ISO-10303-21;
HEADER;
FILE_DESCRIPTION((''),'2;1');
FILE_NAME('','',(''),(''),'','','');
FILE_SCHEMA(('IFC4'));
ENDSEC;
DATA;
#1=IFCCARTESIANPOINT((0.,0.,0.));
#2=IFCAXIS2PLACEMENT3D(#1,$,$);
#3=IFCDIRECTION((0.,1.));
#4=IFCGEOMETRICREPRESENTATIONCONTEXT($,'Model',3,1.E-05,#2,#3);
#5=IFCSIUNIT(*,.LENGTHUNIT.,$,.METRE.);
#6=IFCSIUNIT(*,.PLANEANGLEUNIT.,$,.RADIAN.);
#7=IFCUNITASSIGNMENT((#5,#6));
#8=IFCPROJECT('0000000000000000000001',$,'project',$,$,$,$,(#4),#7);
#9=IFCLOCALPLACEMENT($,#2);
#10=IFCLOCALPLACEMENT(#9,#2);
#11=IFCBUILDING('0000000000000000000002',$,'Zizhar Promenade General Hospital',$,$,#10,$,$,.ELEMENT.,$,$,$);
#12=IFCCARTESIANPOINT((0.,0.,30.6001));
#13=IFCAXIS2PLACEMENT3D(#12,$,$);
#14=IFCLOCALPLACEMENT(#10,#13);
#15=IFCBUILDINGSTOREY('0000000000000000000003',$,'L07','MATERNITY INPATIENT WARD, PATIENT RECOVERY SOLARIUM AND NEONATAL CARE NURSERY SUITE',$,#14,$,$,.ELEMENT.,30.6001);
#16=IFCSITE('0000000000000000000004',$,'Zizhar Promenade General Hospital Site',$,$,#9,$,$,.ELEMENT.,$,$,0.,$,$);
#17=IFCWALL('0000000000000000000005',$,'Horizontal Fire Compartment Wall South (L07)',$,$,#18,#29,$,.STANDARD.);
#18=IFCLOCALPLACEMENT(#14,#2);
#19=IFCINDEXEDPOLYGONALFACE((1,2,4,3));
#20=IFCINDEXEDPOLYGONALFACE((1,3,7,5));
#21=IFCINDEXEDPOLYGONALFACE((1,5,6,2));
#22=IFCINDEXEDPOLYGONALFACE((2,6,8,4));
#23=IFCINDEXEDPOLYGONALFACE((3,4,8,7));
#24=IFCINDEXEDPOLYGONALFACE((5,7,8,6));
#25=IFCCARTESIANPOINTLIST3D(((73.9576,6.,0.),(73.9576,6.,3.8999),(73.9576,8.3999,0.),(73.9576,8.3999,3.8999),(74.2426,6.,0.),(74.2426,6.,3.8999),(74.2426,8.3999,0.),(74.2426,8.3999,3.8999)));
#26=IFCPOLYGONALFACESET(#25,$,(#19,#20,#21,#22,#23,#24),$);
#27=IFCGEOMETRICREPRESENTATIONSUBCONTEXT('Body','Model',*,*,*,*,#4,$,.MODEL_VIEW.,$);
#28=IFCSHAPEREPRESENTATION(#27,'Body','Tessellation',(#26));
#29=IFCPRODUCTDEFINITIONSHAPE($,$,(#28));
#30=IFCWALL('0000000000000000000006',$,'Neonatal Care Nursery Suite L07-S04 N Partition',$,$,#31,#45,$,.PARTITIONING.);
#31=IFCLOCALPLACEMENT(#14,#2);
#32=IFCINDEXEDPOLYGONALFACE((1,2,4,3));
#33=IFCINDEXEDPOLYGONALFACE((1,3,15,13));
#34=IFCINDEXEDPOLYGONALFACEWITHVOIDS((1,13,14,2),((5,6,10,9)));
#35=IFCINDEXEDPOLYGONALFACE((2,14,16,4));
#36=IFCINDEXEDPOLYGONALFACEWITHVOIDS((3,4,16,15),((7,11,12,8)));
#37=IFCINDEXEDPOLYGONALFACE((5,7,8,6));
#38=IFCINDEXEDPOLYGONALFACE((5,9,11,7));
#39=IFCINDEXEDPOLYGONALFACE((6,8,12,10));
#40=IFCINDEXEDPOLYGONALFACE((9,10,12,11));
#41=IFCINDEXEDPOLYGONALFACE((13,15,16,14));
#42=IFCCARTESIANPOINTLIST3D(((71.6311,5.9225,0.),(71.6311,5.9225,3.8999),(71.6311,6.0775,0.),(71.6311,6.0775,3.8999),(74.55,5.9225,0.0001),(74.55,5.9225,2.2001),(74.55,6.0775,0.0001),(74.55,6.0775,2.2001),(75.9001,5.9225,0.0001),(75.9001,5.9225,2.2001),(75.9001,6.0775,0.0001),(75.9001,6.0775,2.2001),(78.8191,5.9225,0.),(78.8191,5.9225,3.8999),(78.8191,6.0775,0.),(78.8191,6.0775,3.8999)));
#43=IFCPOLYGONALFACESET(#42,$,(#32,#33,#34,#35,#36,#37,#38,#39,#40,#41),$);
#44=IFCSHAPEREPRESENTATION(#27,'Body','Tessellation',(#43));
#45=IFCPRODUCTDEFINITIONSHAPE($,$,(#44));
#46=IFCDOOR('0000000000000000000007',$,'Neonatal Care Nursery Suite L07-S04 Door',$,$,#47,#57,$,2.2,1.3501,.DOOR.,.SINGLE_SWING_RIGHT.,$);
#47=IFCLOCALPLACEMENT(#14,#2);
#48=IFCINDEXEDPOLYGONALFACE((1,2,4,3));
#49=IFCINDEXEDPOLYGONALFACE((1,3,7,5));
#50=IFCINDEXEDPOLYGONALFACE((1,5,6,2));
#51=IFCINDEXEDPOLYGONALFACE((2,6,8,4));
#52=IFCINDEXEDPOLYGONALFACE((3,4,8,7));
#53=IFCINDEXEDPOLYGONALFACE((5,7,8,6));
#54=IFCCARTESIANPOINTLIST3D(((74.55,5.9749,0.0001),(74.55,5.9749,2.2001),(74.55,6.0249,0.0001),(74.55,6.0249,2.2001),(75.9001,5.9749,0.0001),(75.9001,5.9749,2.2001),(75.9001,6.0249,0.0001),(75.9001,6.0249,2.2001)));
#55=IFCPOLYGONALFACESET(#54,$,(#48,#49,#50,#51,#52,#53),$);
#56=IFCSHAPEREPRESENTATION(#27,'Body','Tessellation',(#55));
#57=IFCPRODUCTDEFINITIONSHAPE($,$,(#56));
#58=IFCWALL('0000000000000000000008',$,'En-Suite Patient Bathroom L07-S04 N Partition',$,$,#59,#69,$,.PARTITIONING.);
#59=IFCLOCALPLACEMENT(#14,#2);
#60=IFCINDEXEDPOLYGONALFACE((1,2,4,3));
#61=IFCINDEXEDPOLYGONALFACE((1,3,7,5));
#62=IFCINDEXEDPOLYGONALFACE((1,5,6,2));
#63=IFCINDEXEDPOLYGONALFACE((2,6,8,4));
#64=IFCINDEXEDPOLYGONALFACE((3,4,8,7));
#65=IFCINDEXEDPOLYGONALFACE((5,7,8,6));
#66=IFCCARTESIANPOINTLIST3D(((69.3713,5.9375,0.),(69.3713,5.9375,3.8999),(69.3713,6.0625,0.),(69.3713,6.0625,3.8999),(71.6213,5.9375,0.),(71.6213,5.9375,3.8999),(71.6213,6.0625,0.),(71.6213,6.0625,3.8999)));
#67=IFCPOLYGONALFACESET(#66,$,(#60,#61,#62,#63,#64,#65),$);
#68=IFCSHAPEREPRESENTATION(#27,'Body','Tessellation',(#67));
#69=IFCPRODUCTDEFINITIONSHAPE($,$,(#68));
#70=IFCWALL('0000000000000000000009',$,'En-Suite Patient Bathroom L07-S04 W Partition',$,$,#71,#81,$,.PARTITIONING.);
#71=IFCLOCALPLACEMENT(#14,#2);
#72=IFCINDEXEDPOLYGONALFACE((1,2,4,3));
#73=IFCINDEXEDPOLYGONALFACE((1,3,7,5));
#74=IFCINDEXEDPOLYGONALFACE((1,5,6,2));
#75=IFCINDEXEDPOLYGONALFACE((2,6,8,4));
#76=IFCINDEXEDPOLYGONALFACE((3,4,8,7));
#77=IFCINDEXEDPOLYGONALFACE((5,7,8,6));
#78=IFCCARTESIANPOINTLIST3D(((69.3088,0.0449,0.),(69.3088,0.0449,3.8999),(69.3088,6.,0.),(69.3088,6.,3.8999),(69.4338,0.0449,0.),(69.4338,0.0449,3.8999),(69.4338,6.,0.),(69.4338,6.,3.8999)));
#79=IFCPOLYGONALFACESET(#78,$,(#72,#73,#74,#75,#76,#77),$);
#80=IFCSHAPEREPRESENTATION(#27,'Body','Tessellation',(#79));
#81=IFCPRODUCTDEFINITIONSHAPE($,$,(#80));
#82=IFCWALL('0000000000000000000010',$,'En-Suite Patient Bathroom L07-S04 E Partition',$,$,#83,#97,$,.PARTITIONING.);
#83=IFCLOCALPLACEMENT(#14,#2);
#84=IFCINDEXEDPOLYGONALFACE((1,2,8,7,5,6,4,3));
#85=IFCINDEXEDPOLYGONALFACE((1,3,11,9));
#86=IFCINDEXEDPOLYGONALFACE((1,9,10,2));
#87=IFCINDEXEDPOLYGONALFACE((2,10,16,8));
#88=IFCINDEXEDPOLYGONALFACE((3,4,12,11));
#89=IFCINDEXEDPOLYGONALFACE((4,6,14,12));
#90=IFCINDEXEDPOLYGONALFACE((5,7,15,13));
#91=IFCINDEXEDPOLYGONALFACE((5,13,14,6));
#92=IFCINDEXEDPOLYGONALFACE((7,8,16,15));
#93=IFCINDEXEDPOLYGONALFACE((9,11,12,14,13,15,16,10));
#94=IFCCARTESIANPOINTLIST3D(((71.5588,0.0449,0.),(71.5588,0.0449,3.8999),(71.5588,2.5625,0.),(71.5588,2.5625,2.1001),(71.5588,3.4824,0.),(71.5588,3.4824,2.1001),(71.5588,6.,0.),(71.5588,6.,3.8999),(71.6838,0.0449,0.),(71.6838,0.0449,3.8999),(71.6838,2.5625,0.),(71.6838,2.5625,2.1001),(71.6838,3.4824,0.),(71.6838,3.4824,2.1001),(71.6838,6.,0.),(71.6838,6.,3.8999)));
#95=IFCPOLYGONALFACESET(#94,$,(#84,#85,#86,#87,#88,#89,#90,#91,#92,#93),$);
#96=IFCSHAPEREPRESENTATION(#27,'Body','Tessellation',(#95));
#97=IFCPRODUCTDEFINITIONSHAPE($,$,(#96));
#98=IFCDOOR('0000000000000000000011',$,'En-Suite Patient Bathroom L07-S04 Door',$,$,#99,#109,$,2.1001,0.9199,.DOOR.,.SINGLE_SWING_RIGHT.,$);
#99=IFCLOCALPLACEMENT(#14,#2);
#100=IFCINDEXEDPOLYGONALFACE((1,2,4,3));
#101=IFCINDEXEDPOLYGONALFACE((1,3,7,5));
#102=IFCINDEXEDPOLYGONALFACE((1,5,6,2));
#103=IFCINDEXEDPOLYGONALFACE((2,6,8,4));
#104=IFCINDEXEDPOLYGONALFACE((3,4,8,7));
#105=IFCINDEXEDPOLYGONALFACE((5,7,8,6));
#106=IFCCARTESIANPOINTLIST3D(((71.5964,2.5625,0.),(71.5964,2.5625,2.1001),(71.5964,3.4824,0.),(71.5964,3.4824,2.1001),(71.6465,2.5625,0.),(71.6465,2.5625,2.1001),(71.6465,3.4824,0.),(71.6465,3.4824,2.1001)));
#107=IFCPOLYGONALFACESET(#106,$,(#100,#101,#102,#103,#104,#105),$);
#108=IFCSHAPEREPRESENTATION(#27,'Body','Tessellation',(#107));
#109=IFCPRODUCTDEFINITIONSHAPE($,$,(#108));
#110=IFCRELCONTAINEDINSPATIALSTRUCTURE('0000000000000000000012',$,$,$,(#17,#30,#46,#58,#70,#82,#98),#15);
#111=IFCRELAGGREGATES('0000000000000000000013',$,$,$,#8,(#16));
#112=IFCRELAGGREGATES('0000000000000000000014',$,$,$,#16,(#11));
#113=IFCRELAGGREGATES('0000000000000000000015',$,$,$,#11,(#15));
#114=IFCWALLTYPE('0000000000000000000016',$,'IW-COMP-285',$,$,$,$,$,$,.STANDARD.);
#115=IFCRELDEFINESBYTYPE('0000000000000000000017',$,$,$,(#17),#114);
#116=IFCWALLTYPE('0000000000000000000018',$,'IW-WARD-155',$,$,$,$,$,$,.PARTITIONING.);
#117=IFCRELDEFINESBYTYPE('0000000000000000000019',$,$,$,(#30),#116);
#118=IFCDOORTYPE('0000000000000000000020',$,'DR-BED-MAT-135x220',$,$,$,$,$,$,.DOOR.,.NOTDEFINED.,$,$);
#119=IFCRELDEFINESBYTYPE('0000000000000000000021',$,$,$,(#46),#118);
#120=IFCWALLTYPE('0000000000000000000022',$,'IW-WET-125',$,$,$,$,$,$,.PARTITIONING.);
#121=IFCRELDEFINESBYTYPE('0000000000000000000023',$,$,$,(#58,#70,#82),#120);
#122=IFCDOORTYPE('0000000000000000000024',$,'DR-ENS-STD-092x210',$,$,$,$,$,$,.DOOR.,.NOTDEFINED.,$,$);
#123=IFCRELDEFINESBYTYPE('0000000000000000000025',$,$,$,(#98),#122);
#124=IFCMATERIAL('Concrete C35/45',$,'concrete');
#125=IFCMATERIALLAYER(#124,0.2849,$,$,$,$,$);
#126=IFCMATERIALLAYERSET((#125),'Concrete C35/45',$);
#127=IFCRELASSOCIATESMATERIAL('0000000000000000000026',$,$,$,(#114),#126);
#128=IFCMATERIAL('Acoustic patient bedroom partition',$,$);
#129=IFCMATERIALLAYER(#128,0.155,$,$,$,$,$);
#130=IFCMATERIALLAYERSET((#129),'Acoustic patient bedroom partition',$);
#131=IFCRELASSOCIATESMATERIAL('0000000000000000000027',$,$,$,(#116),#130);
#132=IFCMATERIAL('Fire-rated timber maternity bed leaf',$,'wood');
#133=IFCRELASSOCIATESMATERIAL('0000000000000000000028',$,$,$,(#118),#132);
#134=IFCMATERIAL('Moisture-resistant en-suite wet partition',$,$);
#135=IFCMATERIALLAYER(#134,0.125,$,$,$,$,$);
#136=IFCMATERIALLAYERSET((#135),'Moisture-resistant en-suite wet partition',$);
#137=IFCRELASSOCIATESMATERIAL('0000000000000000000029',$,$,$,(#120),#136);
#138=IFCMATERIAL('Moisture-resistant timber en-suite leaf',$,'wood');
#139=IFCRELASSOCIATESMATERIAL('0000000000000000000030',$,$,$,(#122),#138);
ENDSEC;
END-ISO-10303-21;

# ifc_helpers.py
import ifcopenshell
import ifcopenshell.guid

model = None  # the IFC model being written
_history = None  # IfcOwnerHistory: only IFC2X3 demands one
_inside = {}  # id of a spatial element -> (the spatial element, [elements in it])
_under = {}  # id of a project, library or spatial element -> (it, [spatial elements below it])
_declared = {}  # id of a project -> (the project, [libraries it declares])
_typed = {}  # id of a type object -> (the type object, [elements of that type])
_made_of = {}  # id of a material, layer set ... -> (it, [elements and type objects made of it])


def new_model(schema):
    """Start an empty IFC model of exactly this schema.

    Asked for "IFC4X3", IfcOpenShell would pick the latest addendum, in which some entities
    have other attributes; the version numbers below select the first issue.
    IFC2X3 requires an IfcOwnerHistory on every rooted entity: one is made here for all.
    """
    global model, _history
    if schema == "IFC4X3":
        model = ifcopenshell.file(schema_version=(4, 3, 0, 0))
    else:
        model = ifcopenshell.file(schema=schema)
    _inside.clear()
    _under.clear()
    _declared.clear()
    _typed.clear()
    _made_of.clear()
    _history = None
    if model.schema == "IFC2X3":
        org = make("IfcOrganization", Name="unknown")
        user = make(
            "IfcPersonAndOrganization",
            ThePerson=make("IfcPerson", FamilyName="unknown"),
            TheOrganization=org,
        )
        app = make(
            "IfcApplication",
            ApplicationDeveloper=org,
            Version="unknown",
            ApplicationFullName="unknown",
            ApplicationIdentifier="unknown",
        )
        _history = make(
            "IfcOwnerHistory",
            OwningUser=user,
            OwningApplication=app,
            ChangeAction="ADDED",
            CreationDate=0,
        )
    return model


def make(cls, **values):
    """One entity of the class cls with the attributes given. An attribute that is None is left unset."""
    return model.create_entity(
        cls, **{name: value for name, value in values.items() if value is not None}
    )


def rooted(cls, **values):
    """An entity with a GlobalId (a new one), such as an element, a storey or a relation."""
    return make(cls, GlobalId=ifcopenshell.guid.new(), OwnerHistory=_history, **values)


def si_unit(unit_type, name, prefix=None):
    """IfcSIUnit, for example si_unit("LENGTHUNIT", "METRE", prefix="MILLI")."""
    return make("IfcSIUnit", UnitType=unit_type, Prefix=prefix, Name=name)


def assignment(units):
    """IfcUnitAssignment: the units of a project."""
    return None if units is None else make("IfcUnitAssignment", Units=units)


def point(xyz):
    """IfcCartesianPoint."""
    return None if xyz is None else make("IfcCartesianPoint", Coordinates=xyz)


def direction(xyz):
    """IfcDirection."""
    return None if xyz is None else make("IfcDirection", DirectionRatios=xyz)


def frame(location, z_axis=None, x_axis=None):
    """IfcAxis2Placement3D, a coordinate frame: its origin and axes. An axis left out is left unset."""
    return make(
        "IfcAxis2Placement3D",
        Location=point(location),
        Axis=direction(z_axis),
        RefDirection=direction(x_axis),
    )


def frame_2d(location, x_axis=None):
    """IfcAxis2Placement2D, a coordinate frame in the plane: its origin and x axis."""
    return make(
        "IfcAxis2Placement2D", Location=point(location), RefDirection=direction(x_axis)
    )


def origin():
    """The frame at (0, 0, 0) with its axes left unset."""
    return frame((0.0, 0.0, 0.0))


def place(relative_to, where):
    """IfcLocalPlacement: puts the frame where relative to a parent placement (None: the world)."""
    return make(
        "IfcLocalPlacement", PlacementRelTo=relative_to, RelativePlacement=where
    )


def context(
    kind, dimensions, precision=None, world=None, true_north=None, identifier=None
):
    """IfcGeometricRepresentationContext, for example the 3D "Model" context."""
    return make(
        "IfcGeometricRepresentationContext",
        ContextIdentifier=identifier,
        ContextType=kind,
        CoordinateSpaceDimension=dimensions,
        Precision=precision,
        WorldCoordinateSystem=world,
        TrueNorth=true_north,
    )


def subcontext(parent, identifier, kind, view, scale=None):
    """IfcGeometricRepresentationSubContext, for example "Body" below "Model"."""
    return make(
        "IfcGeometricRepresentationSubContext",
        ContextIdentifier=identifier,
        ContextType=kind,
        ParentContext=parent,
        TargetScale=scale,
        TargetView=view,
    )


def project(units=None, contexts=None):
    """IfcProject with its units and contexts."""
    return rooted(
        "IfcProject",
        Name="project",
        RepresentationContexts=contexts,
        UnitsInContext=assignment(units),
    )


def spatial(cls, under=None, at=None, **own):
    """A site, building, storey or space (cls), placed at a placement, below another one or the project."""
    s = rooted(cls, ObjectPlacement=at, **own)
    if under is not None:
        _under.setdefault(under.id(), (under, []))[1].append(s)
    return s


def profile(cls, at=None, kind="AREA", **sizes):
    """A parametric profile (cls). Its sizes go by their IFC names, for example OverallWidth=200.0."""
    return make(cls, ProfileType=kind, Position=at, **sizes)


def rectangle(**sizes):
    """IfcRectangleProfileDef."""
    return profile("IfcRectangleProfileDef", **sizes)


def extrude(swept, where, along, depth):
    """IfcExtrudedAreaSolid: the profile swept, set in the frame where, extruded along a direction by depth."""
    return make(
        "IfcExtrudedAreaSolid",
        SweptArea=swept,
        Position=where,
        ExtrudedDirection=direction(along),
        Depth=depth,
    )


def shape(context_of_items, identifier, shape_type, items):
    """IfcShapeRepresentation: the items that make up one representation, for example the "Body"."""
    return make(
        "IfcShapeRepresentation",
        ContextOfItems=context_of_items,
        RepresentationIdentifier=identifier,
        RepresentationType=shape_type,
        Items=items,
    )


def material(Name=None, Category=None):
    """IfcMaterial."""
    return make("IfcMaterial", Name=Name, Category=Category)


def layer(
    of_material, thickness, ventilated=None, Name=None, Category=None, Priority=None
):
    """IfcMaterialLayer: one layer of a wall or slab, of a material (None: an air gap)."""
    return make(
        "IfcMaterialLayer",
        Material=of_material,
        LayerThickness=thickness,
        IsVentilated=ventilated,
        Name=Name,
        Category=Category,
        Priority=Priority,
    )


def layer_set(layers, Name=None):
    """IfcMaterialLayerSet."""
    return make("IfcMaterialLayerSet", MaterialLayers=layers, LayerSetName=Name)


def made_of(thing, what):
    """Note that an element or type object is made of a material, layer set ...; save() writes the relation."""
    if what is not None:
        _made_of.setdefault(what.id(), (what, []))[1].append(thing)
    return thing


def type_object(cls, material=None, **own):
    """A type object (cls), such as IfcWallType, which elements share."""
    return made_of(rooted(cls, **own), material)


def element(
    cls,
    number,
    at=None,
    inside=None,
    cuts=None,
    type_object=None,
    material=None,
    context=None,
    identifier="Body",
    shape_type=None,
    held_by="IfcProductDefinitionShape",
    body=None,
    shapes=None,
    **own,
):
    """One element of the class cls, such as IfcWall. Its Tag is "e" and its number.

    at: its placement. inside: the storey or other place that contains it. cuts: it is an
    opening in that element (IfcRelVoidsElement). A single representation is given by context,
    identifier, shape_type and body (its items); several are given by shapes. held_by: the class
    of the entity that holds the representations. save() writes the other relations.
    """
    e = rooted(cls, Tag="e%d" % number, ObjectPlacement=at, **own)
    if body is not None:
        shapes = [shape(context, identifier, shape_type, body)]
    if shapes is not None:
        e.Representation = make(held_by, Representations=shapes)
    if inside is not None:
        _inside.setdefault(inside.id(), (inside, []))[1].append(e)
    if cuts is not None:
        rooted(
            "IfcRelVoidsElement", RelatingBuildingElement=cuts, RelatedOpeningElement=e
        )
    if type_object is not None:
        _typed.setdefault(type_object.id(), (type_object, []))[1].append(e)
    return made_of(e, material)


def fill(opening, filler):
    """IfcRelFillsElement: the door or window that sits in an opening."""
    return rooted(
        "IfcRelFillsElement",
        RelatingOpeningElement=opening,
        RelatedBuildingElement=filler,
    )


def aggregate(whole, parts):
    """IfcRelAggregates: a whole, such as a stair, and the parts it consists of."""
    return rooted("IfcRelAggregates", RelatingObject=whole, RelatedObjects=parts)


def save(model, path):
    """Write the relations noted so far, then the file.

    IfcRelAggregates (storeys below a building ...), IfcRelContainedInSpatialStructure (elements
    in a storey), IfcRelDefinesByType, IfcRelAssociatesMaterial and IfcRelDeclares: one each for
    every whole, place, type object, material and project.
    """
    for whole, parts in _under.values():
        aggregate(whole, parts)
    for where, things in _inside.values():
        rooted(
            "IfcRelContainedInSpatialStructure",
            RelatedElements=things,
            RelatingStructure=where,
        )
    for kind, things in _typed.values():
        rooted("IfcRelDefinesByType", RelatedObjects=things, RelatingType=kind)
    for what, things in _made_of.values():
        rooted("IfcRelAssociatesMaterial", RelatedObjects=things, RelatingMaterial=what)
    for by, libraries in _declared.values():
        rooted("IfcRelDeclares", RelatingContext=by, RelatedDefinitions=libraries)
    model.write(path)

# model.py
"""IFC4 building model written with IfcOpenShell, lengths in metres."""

from ifc_helpers import new_model, si_unit, direction, frame, frame_2d, origin, place, context, subcontext, project, spatial, rectangle, extrude, material, layer, layer_set, type_object, element, fill, save


model = new_model("IFC4")

# Units and contexts
model_context = context("Model", 3, precision=1e-05, world=origin(), true_north=direction((0.0, 1.0)))
body_context = subcontext(model_context, "Body", "Model", "MODEL_VIEW")
ifc_project = project(units=[si_unit("LENGTHUNIT", "METRE"), si_unit("PLANEANGLEUNIT", "RADIAN")], contexts=[model_context])

# Site, building, storey
site_placement = place(None, origin())
site = spatial("IfcSite", under=ifc_project, at=site_placement, Name="Zizhar Promenade General Hospital Site", CompositionType="ELEMENT", RefElevation=0.0)
building_placement = place(site_placement, origin())
building = spatial("IfcBuilding", under=site, at=building_placement, Name="Zizhar Promenade General Hospital", CompositionType="ELEMENT")
storey_placement = place(building_placement, frame((0.0, 0.0, 30.6001)))
storey = spatial("IfcBuildingStorey", under=building, at=storey_placement, Name="L07", Description="MATERNITY INPATIENT WARD, PATIENT RECOVERY SOLARIUM AND NEONATAL CARE NURSERY SUITE", CompositionType="ELEMENT", Elevation=30.6001)

# Wall
ifc_material_1 = material(Name="Concrete C35/45", Category="concrete")
ifc_layer_1 = layer(ifc_material_1, 0.2849)
ifc_layer_set_1 = layer_set([ifc_layer_1], Name="Concrete C35/45")
wall_type_1 = type_object("IfcWallType", Name="IW-COMP-285", PredefinedType="STANDARD", material=ifc_layer_set_1)
wall_1_placement = place(storey_placement, frame((74.1001, 6.0, 0.0), z_axis=(0.0, 0.0, 1.0), x_axis=(0.0, 1.0, 0.0)))
element("IfcWall", 1, at=wall_1_placement, inside=storey, type_object=wall_type_1, Name="Horizontal Fire Compartment Wall South (L07)", PredefinedType="STANDARD", context=body_context, shape_type="SweptSolid", body=[
    extrude(rectangle(XDim=2.3999, YDim=0.2849, at=frame_2d((1.2, 0.0))), origin(), (0.0, 0.0, 1.0), 3.8999),
])

# Wall, opening, door
ifc_material_2 = material(Name="Acoustic patient bedroom partition")
ifc_layer_2 = layer(ifc_material_2, 0.155)
ifc_layer_set_2 = layer_set([ifc_layer_2], Name="Acoustic patient bedroom partition")
wall_type_2 = type_object("IfcWallType", Name="IW-WARD-155", PredefinedType="PARTITIONING", material=ifc_layer_set_2)
wall_2_placement = place(storey_placement, frame((71.6311, 6.0, 0.0), z_axis=(0.0, 0.0, 1.0), x_axis=(1.0, 0.0, 0.0)))
wall_2 = element("IfcWall", 2, at=wall_2_placement, inside=storey, type_object=wall_type_2, Name="Neonatal Care Nursery Suite L07-S04 N Partition", PredefinedType="PARTITIONING", context=body_context, shape_type="SweptSolid", body=[
    extrude(rectangle(XDim=7.188, YDim=0.155, at=frame_2d((3.594, 0.0))), origin(), (0.0, 0.0, 1.0), 3.8999),
])
opening_1_placement = place(wall_2_placement, frame((2.9189, 0.0, 0.0)))
opening_1 = element("IfcOpeningElement", 3, at=opening_1_placement, cuts=wall_2, PredefinedType="OPENING", context=body_context, shape_type="SweptSolid", body=[
    extrude(rectangle(XDim=1.3501, YDim=2.2, at=frame_2d((0.675, 1.1001))), frame((0.0, 0.0874, 0.0), z_axis=(0.0, -1.0, 0.0), x_axis=(1.0, 0.0, 0.0)), (0.0, 0.0, 1.0), 0.175),
])
ifc_material_3 = material(Name="Fire-rated timber maternity bed leaf", Category="wood")
door_type_1 = type_object("IfcDoorType", Name="DR-BED-MAT-135x220", OperationType="NOTDEFINED", PredefinedType="DOOR", material=ifc_material_3)
door_1_placement = place(opening_1_placement, origin())
door_1 = element("IfcDoor", 4, at=door_1_placement, inside=storey, type_object=door_type_1, Name="Neonatal Care Nursery Suite L07-S04 Door", OperationType="SINGLE_SWING_RIGHT", OverallHeight=2.2, OverallWidth=1.3501, PredefinedType="DOOR", context=body_context, shape_type="SweptSolid", body=[
    extrude(rectangle(XDim=1.3501, YDim=2.2, at=frame_2d((0.675, 1.1001))), frame((0.0, 0.0249, 0.0), z_axis=(0.0, -1.0, 0.0), x_axis=(1.0, 0.0, 0.0)), (0.0, 0.0, 1.0), 0.05),
])
fill(opening_1, door_1)

# Walls
ifc_material_4 = material(Name="Moisture-resistant en-suite wet partition")
ifc_layer_3 = layer(ifc_material_4, 0.125)
ifc_layer_set_3 = layer_set([ifc_layer_3], Name="Moisture-resistant en-suite wet partition")
wall_type_3 = type_object("IfcWallType", Name="IW-WET-125", PredefinedType="PARTITIONING", material=ifc_layer_set_3)
wall_3_placement = place(storey_placement, frame((69.3713, 6.0, 0.0), z_axis=(0.0, 0.0, 1.0), x_axis=(1.0, 0.0, 0.0)))
element("IfcWall", 5, at=wall_3_placement, inside=storey, type_object=wall_type_3, Name="En-Suite Patient Bathroom L07-S04 N Partition", PredefinedType="PARTITIONING", context=body_context, shape_type="SweptSolid", body=[
    extrude(rectangle(XDim=2.25, YDim=0.125, at=frame_2d((1.125, 0.0))), origin(), (0.0, 0.0, 1.0), 3.8999),
])
wall_4_placement = place(storey_placement, frame((69.3713, 0.0449, 0.0), z_axis=(0.0, 0.0, 1.0), x_axis=(0.0, 1.0, 0.0)))
element("IfcWall", 6, at=wall_4_placement, inside=storey, type_object=wall_type_3, Name="En-Suite Patient Bathroom L07-S04 W Partition", PredefinedType="PARTITIONING", context=body_context, shape_type="SweptSolid", body=[
    extrude(rectangle(XDim=5.9551, YDim=0.125, at=frame_2d((2.9775, 0.0))), origin(), (0.0, 0.0, 1.0), 3.8999),
])

# Wall, opening, door
wall_5_placement = place(storey_placement, frame((71.6213, 0.0449, 0.0), z_axis=(0.0, 0.0, 1.0), x_axis=(0.0, 1.0, 0.0)))
wall_5 = element("IfcWall", 7, at=wall_5_placement, inside=storey, type_object=wall_type_3, Name="En-Suite Patient Bathroom L07-S04 E Partition", PredefinedType="PARTITIONING", context=body_context, shape_type="SweptSolid", body=[
    extrude(rectangle(XDim=5.9551, YDim=0.125, at=frame_2d((2.9775, 0.0))), origin(), (0.0, 0.0, 1.0), 3.8999),
])
opening_2_placement = place(wall_5_placement, frame((2.5176, 0.0, 0.0)))
opening_2 = element("IfcOpeningElement", 8, at=opening_2_placement, cuts=wall_5, PredefinedType="OPENING", context=body_context, shape_type="SweptSolid", body=[
    extrude(rectangle(XDim=0.9199, YDim=2.1001, at=frame_2d((0.46, 1.05))), frame((0.0, 0.0725, 0.0), z_axis=(0.0, -1.0, 0.0), x_axis=(1.0, 0.0, 0.0)), (0.0, 0.0, 1.0), 0.145),
])
ifc_material_5 = material(Name="Moisture-resistant timber en-suite leaf", Category="wood")
door_type_2 = type_object("IfcDoorType", Name="DR-ENS-STD-092x210", OperationType="NOTDEFINED", PredefinedType="DOOR", material=ifc_material_5)
door_2_placement = place(opening_2_placement, origin())
door_2 = element("IfcDoor", 9, at=door_2_placement, inside=storey, type_object=door_type_2, Name="En-Suite Patient Bathroom L07-S04 Door", OperationType="SINGLE_SWING_RIGHT", OverallHeight=2.1001, OverallWidth=0.9199, PredefinedType="DOOR", context=body_context, shape_type="SweptSolid", body=[
    extrude(rectangle(XDim=0.9199, YDim=2.1001, at=frame_2d((0.46, 1.05))), frame((0.0, 0.0249, 0.0), z_axis=(0.0, -1.0, 0.0), x_axis=(1.0, 0.0, 0.0)), (0.0, 0.0, 1.0), 0.05),
])
fill(opening_2, door_2)

save(model, "model.ifc")
